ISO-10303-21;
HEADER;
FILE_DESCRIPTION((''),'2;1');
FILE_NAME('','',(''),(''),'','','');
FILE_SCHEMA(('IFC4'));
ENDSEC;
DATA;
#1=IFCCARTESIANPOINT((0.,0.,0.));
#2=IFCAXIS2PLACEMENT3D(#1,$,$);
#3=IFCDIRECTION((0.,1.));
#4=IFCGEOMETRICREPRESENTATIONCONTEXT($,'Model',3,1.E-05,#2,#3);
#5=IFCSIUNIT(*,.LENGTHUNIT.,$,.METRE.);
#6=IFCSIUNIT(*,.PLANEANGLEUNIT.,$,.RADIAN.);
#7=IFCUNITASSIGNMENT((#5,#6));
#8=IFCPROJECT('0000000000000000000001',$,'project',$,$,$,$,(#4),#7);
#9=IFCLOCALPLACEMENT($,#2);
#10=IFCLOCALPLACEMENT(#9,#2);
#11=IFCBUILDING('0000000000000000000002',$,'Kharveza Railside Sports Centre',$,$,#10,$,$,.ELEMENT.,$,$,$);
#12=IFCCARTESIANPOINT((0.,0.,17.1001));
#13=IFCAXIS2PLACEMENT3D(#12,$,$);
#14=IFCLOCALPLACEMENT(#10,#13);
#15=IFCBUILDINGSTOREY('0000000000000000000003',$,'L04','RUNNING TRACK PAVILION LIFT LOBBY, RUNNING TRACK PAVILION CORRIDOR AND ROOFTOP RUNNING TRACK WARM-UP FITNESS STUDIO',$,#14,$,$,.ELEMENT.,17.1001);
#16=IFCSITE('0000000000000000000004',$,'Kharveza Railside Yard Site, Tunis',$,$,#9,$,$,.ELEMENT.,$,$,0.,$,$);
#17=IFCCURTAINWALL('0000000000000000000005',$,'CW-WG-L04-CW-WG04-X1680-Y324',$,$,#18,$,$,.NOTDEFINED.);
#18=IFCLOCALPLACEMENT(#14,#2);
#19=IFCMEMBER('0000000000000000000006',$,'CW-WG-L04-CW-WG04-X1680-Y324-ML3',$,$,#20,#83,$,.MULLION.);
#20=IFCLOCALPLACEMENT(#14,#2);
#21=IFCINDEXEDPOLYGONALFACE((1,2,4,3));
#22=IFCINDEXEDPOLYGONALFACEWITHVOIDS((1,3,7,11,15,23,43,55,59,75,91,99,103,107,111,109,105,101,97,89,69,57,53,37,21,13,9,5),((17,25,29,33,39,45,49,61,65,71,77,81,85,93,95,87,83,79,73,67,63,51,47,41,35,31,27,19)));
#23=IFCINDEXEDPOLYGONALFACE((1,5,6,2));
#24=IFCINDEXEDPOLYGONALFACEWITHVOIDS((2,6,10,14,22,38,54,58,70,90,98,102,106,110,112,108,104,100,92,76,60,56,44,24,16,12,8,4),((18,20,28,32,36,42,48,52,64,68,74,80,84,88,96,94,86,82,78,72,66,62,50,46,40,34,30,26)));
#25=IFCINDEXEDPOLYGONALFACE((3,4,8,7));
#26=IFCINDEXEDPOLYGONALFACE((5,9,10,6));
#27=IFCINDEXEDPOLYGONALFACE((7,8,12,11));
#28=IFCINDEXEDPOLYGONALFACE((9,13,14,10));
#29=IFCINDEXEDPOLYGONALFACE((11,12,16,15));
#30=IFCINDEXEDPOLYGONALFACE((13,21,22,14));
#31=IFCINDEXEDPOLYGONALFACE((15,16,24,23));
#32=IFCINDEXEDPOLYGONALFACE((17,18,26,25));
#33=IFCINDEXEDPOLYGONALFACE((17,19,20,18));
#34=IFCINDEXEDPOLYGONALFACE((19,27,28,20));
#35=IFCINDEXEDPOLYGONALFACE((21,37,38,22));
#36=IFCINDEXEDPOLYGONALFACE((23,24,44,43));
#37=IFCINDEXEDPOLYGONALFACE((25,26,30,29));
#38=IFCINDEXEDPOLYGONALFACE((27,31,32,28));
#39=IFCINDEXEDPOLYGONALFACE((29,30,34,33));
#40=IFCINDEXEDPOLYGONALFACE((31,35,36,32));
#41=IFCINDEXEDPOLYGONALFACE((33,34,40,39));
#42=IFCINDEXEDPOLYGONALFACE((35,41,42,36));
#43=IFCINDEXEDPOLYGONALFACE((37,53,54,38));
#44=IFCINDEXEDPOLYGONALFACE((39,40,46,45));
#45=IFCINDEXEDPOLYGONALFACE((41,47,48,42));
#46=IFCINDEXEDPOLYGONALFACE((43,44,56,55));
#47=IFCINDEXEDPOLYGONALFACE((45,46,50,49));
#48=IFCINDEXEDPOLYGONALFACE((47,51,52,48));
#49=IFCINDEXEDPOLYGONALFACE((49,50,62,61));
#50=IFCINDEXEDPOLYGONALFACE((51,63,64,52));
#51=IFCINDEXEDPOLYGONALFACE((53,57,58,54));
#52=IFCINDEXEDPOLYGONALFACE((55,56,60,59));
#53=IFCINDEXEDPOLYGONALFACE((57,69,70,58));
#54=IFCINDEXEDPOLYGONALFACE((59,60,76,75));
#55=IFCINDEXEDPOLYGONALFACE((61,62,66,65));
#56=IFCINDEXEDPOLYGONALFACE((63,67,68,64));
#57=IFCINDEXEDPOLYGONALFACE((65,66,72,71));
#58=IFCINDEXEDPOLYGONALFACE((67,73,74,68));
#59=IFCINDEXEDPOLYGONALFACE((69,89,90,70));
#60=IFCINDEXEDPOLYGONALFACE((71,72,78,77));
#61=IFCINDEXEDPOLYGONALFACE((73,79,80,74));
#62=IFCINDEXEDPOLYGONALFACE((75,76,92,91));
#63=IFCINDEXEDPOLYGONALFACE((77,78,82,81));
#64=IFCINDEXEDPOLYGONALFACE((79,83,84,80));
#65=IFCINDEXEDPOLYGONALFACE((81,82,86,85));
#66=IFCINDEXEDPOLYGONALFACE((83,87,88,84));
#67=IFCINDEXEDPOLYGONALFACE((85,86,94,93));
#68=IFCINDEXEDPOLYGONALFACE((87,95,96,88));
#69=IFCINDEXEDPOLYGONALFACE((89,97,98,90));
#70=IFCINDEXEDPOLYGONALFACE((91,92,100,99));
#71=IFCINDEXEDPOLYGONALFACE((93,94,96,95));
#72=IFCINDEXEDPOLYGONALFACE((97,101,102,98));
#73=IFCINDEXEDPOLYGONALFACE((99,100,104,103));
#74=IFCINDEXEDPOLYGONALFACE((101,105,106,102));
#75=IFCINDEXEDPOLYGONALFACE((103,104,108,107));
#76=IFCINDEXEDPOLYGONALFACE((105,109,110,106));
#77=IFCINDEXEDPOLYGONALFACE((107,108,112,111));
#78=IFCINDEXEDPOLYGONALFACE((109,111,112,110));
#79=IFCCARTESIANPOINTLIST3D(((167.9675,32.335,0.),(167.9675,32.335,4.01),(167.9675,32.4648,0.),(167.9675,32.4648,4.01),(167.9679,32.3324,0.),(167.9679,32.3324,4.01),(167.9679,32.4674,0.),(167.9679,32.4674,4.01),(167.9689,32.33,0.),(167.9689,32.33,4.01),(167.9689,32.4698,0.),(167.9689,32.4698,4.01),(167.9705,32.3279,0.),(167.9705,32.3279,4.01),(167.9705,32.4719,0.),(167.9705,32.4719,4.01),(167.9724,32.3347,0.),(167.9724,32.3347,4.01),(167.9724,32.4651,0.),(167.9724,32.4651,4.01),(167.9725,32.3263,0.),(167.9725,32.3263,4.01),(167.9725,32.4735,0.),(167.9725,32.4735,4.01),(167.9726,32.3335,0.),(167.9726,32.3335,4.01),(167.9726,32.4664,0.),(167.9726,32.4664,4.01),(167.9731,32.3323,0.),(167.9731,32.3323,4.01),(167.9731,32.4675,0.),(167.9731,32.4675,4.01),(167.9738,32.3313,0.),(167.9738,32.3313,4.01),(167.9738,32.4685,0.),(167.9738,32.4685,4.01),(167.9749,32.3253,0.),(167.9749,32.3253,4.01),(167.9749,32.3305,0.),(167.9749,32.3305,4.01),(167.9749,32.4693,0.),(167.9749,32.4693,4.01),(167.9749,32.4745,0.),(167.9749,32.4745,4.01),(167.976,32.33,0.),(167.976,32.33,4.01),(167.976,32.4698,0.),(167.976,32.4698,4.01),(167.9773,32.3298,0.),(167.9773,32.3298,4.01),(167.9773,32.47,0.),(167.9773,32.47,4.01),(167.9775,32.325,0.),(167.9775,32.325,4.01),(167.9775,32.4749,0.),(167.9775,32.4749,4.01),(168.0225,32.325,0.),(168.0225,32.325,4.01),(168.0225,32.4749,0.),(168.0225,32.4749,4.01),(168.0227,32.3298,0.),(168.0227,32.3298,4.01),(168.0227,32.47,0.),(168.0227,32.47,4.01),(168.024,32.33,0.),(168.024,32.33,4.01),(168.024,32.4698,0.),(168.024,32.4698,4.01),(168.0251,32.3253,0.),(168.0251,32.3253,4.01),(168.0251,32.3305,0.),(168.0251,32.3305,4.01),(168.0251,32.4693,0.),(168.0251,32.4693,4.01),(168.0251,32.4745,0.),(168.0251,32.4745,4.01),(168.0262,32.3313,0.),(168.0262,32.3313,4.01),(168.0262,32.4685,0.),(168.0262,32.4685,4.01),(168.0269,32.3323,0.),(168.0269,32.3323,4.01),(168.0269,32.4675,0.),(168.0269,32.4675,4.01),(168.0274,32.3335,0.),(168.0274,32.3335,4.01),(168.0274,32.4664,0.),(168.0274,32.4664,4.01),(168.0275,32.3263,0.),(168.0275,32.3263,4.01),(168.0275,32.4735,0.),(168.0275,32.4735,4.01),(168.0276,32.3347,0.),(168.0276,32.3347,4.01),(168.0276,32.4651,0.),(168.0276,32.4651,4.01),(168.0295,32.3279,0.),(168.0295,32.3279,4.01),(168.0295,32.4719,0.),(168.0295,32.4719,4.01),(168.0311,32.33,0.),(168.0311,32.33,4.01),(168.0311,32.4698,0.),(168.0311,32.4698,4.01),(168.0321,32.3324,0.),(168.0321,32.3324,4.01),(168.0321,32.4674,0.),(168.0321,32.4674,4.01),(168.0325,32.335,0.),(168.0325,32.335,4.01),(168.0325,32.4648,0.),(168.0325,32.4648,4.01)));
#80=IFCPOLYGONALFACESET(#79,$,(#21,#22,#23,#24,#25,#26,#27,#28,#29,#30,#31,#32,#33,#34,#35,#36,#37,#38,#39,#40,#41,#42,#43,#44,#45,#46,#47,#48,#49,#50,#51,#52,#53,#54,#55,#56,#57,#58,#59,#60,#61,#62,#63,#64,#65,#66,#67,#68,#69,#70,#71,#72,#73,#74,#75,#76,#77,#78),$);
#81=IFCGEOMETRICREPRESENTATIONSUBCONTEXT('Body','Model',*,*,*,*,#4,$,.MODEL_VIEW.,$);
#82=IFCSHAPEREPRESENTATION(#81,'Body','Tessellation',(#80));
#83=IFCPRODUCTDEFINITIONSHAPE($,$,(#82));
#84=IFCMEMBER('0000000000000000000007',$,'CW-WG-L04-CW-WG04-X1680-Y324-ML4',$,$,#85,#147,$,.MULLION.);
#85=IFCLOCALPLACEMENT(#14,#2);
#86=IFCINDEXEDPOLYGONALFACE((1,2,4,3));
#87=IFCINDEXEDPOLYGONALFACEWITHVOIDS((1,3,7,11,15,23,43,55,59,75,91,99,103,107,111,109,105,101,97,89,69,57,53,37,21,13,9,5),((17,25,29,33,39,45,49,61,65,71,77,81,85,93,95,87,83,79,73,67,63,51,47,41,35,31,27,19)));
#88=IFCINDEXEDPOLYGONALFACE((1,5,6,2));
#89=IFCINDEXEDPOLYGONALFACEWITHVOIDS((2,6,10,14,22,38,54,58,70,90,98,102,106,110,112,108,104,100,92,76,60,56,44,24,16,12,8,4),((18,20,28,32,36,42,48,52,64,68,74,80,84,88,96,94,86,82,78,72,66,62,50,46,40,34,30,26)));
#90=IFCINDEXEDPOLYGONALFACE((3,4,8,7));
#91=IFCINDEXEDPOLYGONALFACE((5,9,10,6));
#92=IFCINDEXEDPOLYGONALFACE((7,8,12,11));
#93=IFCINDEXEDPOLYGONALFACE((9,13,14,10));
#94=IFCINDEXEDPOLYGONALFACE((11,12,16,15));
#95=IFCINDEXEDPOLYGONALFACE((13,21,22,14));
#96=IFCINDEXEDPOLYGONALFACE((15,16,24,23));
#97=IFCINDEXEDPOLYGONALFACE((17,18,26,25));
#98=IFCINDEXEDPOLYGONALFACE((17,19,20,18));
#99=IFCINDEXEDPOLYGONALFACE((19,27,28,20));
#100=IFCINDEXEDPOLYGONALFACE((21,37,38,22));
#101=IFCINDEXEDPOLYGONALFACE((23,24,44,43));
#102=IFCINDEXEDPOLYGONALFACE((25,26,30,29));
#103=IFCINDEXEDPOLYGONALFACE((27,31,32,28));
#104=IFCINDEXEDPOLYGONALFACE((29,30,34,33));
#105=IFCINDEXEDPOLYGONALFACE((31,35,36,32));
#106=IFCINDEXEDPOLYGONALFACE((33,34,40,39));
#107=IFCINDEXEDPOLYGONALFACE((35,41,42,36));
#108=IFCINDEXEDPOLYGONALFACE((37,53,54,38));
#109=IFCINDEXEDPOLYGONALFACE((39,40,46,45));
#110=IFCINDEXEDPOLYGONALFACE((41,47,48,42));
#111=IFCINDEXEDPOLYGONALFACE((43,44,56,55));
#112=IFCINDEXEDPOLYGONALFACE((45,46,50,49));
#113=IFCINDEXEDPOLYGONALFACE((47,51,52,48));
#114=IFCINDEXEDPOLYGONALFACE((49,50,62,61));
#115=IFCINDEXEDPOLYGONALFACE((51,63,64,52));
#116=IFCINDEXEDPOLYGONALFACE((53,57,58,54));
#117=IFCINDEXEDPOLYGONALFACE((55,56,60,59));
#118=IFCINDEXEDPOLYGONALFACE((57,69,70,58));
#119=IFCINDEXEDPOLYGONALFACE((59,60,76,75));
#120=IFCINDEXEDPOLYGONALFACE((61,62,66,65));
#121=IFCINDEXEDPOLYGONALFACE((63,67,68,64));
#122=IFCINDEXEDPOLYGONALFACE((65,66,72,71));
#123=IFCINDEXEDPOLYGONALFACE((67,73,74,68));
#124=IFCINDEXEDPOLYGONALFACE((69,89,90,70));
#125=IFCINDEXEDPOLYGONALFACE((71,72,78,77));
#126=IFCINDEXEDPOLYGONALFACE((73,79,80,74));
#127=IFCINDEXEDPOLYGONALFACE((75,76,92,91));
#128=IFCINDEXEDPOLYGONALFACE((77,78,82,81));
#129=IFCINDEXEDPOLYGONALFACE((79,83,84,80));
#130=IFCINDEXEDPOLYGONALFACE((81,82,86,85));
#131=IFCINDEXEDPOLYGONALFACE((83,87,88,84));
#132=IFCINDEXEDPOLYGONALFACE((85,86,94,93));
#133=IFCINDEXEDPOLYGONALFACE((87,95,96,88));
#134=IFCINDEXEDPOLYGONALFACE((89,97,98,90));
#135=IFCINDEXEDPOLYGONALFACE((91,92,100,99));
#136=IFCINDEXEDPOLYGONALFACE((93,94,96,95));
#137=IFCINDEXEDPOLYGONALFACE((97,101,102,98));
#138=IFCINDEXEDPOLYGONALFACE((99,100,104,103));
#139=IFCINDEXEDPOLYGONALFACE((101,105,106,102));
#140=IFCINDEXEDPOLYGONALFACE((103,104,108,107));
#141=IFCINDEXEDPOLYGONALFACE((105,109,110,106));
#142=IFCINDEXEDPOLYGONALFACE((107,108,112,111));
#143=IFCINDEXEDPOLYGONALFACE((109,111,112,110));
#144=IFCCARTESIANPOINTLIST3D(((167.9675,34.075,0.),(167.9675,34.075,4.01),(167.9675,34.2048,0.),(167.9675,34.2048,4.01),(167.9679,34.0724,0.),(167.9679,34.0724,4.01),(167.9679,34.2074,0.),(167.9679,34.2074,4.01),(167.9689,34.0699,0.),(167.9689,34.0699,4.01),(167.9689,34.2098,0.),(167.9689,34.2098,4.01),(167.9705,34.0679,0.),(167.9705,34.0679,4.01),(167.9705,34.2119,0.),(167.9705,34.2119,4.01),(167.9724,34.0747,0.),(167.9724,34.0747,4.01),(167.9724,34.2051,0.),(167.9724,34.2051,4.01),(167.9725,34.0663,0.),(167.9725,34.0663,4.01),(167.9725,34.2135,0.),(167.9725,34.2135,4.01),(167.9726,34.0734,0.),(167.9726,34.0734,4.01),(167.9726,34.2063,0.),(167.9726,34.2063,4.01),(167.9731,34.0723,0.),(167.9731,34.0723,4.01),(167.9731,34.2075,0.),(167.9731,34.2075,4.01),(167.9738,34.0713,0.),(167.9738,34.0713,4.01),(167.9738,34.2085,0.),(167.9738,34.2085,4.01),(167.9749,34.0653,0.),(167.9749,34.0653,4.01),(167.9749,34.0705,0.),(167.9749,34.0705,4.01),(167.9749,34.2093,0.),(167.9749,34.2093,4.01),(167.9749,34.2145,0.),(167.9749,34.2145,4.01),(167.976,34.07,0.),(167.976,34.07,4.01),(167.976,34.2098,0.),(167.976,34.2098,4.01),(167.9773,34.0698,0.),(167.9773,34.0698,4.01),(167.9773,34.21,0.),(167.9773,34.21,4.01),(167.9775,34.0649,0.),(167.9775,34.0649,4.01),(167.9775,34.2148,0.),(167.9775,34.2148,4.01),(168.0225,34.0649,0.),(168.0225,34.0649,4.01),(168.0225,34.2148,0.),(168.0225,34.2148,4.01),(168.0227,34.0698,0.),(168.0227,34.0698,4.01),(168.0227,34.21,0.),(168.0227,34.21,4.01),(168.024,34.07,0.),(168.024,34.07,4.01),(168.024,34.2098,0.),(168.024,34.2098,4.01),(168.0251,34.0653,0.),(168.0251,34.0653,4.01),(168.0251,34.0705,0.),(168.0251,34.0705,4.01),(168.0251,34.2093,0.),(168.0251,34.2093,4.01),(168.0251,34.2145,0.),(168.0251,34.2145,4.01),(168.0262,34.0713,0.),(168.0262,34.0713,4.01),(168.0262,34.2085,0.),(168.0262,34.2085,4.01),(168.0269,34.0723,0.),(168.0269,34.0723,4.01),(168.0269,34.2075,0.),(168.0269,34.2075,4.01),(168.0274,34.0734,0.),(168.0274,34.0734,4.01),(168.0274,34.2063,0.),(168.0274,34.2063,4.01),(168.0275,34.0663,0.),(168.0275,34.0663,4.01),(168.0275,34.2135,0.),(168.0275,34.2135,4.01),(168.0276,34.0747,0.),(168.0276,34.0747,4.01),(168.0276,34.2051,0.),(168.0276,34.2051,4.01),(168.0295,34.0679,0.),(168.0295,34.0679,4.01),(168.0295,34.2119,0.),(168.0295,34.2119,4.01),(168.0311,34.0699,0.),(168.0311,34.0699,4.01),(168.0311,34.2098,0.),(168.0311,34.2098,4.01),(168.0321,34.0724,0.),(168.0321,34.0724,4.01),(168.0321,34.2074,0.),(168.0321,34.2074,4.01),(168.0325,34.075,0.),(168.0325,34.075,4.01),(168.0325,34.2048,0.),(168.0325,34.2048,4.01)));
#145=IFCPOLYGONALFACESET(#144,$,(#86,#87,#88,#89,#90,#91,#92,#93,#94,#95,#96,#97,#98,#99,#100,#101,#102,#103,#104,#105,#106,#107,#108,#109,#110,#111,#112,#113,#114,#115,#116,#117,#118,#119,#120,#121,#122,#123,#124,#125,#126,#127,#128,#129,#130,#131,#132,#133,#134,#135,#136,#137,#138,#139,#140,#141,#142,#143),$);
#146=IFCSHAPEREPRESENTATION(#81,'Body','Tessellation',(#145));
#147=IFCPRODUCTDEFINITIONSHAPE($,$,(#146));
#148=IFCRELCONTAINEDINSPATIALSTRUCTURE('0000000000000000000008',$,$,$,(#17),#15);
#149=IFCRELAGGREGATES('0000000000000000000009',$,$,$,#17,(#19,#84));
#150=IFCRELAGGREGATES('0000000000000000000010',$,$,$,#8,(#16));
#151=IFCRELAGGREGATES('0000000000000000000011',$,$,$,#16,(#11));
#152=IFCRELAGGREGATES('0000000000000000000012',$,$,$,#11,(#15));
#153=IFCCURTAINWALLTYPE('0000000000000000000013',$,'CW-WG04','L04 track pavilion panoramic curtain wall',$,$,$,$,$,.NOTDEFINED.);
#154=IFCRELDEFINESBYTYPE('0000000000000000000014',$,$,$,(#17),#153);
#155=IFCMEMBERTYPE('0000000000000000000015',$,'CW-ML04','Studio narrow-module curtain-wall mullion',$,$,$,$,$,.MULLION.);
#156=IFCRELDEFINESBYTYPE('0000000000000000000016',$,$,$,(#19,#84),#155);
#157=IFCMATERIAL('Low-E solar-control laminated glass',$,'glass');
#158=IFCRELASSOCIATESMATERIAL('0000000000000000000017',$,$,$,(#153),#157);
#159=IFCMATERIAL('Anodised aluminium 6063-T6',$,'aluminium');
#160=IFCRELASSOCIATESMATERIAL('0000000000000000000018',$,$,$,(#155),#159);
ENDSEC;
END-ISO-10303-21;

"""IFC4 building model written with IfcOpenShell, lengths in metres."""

from ifc_helpers import new_model, si_unit, direction, frame, origin, origin_2d, place, context, subcontext, project, spatial, hollow_rectangle, extrude, material, material_profile, profile_set, type_object, element, aggregate, save


model = new_model("IFC4")

# Units and contexts
model_context = context("Model", 3, precision=1e-05, world=origin(), true_north=direction((0.0, 1.0)))
body_context = subcontext(model_context, "Body", "Model", "MODEL_VIEW")
ifc_project = project(units=[si_unit("LENGTHUNIT", "METRE"), si_unit("PLANEANGLEUNIT", "RADIAN")], contexts=[model_context])

# Site, building, storey
site_placement = place(None, origin())
site = spatial("IfcSite", under=ifc_project, at=site_placement, Name="Kharveza Railside Yard Site, Tunis", CompositionType="ELEMENT", RefElevation=0.0)
building_placement = place(site_placement, origin())
building = spatial("IfcBuilding", under=site, at=building_placement, Name="Kharveza Railside Sports Centre", CompositionType="ELEMENT")
storey_placement = place(building_placement, frame((0.0, 0.0, 17.1001)))
storey = spatial("IfcBuildingStorey", under=building, at=storey_placement, Name="L04", Description="RUNNING TRACK PAVILION LIFT LOBBY, RUNNING TRACK PAVILION CORRIDOR AND ROOFTOP RUNNING TRACK WARM-UP FITNESS STUDIO", CompositionType="ELEMENT", Elevation=17.1001)

# Curtain wall, members
ifc_material_1 = material(Name="Low-E solar-control laminated glass", Category="glass")
curtain_wall_type = type_object("IfcCurtainWallType", Name="CW-WG04", Description="L04 track pavilion panoramic curtain wall", PredefinedType="NOTDEFINED", material=ifc_material_1)
curtain_wall_placement = place(storey_placement, origin())
curtain_wall = element("IfcCurtainWall", 1, at=curtain_wall_placement, inside=storey, type_object=curtain_wall_type, Name="CW-WG-L04-CW-WG04-X1680-Y324", PredefinedType="NOTDEFINED")
ifc_material_2 = material(Name="Anodised aluminium 6063-T6", Category="aluminium")
ifc_material_profile_1 = material_profile(ifc_material_2, hollow_rectangle(XDim=0.0649, YDim=0.1499, WallThickness=0.0049, InnerFilletRadius=0.0049, OuterFilletRadius=0.01, at=origin_2d()), Name="RHS 65x150x5.0")
ifc_profile_set_1 = profile_set([ifc_material_profile_1], Name="Anodised aluminium 6063-T6")
member_type_1 = type_object("IfcMemberType", Name="CW-ML04", Description="Studio narrow-module curtain-wall mullion", PredefinedType="MULLION", material=ifc_profile_set_1)
member_1_placement = place(storey_placement, frame((168.0, 32.3999, 0.0), z_axis=(0.0, 0.0, 1.0), x_axis=(1.0, 0.0, 0.0)))
member_1 = element("IfcMember", 2, at=member_1_placement, type_object=member_type_1, Name="CW-WG-L04-CW-WG04-X1680-Y324-ML3", PredefinedType="MULLION", context=body_context, shape_type="SweptSolid", body=[
    extrude(hollow_rectangle(XDim=0.0649, YDim=0.1499, WallThickness=0.0049, InnerFilletRadius=0.0049, OuterFilletRadius=0.01, at=origin_2d()), origin(), (0.0, 0.0, 1.0), 4.01),
])
member_2_placement = place(storey_placement, frame((168.0, 34.1399, 0.0), z_axis=(0.0, 0.0, 1.0), x_axis=(1.0, 0.0, 0.0)))
member_2 = element("IfcMember", 3, at=member_2_placement, type_object=member_type_1, Name="CW-WG-L04-CW-WG04-X1680-Y324-ML4", PredefinedType="MULLION", context=body_context, shape_type="SweptSolid", body=[
    extrude(hollow_rectangle(XDim=0.0649, YDim=0.1499, WallThickness=0.0049, InnerFilletRadius=0.0049, OuterFilletRadius=0.01, at=origin_2d()), origin(), (0.0, 0.0, 1.0), 4.01),
])
aggregate(curtain_wall, [member_1, member_2])

save(model, "model.ifc")
